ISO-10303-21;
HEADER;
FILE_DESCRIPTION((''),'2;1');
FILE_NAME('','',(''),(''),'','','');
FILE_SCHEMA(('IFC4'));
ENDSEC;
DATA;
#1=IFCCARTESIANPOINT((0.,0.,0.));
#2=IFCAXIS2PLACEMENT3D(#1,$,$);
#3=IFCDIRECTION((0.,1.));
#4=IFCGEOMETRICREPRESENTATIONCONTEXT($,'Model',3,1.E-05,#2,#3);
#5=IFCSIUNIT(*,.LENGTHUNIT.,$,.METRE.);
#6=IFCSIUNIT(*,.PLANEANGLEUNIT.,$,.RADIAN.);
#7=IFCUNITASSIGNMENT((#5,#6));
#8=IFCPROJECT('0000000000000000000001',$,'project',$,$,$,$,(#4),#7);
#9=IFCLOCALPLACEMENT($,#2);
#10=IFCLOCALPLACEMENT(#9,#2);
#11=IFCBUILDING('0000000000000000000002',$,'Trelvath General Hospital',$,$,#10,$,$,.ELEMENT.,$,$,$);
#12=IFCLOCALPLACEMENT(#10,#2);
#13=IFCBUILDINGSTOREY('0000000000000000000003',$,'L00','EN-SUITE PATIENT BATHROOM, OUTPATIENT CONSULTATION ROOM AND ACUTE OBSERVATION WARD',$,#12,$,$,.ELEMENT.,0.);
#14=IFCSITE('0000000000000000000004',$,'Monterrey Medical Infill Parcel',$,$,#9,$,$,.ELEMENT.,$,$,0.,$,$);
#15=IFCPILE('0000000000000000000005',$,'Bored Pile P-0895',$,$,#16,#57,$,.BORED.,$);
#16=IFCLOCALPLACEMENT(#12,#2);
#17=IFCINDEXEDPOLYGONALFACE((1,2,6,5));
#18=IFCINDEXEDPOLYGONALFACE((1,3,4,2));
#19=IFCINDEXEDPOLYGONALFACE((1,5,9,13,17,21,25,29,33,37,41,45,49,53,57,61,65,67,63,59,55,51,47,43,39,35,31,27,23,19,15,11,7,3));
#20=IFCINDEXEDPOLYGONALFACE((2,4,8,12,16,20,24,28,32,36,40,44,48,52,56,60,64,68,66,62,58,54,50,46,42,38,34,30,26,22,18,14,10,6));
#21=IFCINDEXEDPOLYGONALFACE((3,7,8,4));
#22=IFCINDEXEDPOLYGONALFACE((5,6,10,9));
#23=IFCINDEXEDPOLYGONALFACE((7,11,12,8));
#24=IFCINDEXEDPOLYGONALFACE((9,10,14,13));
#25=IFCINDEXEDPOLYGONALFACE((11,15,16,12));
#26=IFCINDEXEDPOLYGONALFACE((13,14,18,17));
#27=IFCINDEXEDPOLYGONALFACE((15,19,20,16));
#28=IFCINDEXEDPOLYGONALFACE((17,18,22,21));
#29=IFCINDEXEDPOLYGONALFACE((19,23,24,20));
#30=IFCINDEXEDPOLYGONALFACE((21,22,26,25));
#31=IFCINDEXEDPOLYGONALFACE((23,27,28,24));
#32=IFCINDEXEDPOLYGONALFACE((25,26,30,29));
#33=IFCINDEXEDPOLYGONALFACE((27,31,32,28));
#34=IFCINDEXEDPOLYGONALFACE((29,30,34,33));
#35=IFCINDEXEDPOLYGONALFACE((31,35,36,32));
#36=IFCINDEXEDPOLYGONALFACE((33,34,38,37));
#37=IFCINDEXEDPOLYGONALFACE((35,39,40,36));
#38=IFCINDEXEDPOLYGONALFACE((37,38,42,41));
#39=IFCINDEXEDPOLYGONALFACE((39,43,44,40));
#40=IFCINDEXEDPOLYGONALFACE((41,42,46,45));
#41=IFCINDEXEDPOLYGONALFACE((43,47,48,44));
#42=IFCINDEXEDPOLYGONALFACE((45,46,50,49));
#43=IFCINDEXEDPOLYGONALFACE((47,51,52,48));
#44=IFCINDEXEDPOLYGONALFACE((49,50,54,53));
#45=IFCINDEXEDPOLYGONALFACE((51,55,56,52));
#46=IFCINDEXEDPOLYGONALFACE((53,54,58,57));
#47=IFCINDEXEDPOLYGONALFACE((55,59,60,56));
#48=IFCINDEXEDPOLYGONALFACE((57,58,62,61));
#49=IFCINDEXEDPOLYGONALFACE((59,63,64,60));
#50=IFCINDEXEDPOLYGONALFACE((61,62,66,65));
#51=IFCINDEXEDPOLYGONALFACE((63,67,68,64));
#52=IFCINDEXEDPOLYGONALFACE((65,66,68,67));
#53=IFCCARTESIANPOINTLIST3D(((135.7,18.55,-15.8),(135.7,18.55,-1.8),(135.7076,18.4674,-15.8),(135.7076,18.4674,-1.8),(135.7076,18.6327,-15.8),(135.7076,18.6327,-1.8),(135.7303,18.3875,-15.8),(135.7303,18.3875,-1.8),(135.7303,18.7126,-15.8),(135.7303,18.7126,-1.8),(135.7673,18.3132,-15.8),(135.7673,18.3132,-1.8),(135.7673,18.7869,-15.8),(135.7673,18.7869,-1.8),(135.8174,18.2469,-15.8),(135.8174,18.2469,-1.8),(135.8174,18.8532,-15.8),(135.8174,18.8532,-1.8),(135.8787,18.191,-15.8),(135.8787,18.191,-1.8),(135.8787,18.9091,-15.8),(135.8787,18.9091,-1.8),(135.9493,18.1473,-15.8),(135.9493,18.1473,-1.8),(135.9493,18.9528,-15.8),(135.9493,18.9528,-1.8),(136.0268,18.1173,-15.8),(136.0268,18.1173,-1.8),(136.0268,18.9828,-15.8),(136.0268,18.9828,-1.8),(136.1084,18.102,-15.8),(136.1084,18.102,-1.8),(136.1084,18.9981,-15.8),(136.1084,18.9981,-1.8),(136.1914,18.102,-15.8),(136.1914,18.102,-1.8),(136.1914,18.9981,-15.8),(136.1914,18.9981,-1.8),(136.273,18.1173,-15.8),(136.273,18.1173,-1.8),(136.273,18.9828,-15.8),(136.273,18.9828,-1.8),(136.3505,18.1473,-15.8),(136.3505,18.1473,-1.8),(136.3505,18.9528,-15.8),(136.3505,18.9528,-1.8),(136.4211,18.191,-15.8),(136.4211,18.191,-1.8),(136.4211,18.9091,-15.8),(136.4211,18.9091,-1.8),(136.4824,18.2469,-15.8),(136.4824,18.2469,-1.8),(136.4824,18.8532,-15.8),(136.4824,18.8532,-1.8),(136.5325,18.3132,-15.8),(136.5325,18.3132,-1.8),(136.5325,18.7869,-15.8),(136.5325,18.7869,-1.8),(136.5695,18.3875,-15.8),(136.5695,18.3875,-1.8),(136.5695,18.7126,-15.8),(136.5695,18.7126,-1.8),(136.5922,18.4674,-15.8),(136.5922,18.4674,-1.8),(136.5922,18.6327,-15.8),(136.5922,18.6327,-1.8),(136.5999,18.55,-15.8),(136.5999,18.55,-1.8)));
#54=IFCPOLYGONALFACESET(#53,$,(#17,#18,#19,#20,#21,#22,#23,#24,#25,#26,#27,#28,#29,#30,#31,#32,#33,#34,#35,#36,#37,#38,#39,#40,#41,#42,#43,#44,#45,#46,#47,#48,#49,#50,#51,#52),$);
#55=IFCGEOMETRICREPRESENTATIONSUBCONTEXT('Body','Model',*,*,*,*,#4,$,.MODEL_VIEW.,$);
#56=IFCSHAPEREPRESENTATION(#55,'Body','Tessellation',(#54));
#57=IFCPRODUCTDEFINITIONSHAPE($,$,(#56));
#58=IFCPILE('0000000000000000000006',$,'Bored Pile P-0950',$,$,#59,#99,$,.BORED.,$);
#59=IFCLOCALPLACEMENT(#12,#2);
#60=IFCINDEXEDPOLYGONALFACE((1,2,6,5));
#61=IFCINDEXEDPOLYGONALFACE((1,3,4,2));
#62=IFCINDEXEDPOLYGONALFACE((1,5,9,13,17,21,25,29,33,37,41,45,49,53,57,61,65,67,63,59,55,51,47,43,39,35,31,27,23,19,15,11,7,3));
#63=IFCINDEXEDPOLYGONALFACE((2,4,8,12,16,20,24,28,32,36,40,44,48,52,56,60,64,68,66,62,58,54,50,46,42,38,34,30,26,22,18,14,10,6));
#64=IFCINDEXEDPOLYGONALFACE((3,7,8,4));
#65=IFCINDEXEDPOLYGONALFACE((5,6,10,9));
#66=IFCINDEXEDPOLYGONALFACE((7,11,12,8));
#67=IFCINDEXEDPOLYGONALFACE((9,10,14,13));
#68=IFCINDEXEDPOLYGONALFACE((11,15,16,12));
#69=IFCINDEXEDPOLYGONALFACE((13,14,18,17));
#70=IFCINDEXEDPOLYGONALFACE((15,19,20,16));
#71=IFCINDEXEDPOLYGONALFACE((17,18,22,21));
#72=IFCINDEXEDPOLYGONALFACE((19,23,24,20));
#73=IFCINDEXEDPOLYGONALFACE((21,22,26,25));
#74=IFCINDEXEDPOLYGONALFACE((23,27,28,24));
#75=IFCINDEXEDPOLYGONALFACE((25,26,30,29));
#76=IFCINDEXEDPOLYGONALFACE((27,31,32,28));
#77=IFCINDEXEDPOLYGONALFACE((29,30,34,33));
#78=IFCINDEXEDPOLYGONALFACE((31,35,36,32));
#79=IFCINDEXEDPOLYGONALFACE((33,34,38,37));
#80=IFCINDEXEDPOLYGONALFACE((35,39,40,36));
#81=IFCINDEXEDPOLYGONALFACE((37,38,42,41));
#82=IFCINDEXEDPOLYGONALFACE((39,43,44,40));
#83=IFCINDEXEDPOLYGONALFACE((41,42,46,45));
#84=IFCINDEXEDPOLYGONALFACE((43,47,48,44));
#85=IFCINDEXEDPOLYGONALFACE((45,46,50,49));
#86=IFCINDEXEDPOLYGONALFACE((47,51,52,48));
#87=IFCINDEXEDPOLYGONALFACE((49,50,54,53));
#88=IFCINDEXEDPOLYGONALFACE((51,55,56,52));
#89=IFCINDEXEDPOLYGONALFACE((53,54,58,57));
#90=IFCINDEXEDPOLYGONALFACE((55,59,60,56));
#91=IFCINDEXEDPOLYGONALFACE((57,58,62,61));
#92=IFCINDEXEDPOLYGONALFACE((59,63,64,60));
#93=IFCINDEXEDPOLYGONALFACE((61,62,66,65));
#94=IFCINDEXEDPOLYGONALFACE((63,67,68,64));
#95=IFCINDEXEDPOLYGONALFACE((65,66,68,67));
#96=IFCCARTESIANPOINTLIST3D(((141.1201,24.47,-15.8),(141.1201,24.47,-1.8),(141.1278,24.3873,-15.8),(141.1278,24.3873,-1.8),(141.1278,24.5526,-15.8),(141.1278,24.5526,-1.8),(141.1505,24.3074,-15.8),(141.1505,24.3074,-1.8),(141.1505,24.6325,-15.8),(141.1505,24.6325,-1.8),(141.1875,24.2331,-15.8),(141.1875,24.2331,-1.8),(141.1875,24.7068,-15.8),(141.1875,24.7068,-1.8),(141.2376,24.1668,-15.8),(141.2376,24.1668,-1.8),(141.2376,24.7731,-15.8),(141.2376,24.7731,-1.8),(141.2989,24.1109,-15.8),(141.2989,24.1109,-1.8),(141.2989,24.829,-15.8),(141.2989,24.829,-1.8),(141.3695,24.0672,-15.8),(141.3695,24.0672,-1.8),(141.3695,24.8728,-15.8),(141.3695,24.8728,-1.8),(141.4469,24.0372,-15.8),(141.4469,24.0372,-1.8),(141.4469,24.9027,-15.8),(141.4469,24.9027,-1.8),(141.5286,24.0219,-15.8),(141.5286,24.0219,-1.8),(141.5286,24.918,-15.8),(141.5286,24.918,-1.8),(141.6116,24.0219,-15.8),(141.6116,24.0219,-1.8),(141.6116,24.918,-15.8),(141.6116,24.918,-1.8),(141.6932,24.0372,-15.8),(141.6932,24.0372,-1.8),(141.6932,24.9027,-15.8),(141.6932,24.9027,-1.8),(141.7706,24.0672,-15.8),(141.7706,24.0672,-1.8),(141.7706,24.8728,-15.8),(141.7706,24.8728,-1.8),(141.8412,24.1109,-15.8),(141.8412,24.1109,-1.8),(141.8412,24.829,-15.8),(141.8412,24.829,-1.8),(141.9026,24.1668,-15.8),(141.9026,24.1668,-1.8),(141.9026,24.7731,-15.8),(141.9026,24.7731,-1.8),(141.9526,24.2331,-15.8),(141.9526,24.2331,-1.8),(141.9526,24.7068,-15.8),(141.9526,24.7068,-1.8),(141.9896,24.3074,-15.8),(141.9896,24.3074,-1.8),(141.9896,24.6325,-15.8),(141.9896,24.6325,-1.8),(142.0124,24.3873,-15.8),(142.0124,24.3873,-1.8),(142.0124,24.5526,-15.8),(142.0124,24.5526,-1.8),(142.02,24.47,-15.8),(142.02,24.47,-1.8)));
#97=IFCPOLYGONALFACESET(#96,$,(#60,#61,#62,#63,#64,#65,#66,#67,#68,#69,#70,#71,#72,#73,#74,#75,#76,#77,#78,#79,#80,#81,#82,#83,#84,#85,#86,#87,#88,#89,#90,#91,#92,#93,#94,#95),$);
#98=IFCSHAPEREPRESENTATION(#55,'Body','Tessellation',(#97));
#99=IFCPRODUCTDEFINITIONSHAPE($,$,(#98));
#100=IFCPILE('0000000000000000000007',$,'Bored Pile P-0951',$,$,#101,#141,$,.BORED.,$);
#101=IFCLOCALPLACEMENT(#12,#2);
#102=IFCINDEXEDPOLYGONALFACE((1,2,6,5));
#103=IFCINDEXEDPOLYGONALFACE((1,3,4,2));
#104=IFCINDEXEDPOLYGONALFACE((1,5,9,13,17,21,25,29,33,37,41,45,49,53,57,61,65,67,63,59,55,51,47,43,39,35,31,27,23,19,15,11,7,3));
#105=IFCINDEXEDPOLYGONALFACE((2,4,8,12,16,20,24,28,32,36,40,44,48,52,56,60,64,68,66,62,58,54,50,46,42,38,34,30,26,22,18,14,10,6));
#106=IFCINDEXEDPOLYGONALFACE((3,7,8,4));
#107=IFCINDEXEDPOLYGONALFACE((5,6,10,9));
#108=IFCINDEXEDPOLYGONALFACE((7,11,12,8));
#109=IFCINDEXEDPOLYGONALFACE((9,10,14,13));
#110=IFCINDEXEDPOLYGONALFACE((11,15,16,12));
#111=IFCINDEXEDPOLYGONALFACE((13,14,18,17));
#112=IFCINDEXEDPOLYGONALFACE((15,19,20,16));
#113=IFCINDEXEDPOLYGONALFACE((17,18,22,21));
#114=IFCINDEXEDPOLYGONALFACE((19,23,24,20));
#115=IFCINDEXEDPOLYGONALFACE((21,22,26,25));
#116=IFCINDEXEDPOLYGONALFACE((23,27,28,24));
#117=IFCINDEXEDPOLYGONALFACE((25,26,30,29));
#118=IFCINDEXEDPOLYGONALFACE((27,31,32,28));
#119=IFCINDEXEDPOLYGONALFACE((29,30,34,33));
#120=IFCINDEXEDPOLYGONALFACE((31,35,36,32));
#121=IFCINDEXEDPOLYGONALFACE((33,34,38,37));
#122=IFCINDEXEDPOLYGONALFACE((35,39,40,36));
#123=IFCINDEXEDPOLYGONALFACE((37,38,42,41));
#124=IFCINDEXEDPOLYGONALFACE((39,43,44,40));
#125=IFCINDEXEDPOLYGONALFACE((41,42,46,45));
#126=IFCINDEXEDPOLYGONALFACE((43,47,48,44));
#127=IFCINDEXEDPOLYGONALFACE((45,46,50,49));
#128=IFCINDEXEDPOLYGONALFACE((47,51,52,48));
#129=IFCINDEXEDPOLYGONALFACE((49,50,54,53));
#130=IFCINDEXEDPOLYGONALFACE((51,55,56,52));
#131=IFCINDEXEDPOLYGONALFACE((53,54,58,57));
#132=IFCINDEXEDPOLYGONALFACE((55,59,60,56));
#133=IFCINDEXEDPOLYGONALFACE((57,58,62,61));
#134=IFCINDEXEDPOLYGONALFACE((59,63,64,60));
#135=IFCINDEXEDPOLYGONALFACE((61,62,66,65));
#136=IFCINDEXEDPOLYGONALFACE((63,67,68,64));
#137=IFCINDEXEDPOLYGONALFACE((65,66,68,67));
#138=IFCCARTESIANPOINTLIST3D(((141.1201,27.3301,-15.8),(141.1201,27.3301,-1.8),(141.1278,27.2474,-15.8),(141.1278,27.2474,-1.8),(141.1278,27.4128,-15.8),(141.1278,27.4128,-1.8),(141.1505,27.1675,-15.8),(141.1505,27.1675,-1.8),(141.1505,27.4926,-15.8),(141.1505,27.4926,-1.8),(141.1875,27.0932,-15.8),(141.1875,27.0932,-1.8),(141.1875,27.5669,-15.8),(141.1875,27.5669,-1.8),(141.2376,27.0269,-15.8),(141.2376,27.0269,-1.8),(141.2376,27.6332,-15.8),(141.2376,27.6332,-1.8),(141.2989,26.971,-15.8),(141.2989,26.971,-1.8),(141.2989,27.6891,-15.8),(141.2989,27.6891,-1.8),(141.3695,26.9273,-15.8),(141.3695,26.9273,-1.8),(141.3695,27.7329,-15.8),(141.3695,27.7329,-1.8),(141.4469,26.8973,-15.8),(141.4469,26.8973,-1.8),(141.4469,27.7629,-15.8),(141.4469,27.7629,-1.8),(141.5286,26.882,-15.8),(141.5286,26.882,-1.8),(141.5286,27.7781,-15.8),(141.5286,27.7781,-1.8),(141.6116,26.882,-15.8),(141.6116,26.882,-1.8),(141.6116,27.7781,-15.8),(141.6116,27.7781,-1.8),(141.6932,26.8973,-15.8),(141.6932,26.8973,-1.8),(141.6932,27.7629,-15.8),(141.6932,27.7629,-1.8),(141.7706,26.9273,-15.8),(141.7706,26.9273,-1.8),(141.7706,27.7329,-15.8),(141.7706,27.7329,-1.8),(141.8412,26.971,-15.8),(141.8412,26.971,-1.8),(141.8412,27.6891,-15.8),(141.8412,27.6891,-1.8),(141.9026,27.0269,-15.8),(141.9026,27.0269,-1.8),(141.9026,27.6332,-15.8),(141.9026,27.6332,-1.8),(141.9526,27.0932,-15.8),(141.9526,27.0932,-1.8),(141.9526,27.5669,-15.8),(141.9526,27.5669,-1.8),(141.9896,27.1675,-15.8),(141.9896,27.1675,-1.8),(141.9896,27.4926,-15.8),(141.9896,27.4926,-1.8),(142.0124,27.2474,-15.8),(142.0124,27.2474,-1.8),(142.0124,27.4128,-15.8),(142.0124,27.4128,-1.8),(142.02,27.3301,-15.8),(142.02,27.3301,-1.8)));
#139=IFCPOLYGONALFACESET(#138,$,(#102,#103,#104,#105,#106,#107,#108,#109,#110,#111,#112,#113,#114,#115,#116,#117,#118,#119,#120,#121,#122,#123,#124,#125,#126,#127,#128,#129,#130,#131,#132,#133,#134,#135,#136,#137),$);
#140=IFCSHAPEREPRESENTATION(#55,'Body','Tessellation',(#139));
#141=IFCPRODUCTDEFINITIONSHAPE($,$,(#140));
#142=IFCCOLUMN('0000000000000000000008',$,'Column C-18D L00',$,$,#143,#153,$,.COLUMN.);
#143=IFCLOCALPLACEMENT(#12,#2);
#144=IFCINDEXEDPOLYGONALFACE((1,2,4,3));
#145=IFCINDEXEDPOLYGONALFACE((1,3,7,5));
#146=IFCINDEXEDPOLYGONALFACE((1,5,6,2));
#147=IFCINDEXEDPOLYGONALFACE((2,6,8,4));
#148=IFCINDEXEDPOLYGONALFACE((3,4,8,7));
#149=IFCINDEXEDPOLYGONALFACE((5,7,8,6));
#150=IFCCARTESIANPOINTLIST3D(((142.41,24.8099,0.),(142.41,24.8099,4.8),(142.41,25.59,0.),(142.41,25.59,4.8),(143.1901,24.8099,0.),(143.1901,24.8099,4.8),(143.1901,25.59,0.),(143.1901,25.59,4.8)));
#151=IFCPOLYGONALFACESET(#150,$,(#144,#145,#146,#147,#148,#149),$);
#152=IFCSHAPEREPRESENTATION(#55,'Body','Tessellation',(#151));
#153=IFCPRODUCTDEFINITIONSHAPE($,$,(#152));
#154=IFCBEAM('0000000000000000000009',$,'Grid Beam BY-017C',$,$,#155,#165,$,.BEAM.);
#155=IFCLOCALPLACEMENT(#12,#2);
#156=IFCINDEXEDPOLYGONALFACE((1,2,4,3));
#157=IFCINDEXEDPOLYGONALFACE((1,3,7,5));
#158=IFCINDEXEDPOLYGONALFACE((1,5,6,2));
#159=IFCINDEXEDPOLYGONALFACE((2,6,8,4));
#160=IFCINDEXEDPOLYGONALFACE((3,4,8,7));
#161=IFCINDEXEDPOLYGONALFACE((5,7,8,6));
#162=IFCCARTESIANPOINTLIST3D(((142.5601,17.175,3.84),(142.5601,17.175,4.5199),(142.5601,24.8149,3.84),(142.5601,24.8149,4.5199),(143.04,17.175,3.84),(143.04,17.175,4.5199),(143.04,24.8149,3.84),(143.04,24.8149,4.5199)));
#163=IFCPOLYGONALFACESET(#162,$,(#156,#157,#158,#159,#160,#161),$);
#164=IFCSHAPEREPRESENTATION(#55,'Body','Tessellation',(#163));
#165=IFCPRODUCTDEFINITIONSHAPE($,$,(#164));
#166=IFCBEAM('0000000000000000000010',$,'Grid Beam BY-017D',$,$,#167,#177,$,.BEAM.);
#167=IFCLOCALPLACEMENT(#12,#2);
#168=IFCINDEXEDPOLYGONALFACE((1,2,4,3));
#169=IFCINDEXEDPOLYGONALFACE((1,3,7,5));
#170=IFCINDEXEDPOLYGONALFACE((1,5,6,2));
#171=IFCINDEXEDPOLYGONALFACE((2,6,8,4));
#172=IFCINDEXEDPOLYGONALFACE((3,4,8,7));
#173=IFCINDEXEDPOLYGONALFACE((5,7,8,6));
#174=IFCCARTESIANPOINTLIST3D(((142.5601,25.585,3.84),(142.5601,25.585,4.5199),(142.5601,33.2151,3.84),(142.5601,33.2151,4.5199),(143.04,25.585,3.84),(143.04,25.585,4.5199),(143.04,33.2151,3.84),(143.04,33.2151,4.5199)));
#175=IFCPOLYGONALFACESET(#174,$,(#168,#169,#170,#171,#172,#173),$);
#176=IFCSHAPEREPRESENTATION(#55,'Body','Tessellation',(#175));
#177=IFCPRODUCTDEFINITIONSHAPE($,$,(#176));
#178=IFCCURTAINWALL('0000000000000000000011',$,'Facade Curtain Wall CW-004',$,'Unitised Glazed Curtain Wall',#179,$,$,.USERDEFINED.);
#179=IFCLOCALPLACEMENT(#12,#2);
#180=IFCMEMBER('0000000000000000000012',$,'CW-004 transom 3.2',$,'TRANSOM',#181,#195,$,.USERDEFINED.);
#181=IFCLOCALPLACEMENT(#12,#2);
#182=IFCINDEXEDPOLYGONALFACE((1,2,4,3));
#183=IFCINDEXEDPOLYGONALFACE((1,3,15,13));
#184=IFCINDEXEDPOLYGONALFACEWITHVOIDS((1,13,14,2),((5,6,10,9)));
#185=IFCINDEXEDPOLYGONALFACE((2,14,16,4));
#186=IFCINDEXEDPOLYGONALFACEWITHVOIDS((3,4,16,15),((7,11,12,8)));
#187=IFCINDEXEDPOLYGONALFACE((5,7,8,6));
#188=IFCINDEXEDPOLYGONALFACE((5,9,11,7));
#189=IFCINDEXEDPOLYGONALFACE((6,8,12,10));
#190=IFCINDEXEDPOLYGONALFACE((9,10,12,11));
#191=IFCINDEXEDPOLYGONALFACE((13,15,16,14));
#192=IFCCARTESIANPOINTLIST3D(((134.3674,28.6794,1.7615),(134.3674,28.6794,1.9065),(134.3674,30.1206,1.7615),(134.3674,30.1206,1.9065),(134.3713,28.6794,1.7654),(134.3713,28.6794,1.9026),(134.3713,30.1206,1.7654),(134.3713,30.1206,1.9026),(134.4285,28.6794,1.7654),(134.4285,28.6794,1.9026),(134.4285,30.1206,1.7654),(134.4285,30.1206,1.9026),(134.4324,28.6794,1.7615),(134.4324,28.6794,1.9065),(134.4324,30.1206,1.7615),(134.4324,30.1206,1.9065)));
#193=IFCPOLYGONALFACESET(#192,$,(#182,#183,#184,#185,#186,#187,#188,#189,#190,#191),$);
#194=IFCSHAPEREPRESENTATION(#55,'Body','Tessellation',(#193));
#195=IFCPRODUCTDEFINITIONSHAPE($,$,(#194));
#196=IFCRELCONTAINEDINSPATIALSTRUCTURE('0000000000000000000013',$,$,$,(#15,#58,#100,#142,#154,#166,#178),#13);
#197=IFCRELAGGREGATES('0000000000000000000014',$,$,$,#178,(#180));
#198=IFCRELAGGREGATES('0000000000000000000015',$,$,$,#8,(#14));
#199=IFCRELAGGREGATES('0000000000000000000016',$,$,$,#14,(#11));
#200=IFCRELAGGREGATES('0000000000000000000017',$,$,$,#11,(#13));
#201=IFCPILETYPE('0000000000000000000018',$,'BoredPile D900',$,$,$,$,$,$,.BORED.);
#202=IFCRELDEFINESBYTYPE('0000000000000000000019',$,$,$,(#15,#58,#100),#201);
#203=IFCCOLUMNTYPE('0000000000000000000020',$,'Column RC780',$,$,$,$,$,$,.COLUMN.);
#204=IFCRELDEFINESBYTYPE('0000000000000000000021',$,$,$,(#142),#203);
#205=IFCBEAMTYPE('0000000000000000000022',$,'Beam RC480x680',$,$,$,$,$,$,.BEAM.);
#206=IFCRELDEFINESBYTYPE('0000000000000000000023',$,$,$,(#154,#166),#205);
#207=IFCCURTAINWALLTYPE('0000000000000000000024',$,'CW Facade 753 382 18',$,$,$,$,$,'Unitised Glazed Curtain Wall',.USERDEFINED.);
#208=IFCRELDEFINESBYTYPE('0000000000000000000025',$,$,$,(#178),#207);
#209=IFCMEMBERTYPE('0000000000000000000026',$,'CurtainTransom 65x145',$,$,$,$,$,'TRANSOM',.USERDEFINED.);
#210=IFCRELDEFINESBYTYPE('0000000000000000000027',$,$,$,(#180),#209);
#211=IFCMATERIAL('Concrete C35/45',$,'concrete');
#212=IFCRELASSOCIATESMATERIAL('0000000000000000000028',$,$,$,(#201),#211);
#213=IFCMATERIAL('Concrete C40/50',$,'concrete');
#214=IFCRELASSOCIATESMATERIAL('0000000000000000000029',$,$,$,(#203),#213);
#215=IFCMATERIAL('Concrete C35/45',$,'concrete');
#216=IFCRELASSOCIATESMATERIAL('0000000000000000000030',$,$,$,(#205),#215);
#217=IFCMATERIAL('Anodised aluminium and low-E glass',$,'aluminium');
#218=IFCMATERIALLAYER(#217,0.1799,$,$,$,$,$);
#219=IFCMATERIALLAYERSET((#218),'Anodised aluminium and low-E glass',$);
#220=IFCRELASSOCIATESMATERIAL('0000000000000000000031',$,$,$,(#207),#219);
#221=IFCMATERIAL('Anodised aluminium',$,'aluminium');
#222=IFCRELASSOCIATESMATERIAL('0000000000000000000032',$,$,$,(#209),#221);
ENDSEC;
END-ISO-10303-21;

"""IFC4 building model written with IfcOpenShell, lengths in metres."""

from ifc_helpers import new_model, si_unit, direction, frame, origin, origin_2d, place, context, subcontext, project, spatial, rectangle, hollow_rectangle, circle, extrude, material, layer, layer_set, material_profile, profile_set, type_object, element, aggregate, save


model = new_model("IFC4")

# Units and contexts
model_context = context("Model", 3, precision=1e-05, world=origin(), true_north=direction((0.0, 1.0)))
body_context = subcontext(model_context, "Body", "Model", "MODEL_VIEW")
ifc_project = project(units=[si_unit("LENGTHUNIT", "METRE"), si_unit("PLANEANGLEUNIT", "RADIAN")], contexts=[model_context])

# Site, building, storey
site_placement = place(None, origin())
site = spatial("IfcSite", under=ifc_project, at=site_placement, Name="Monterrey Medical Infill Parcel", CompositionType="ELEMENT", RefElevation=0.0)
building_placement = place(site_placement, origin())
building = spatial("IfcBuilding", under=site, at=building_placement, Name="Trelvath General Hospital", CompositionType="ELEMENT")
storey_placement = place(building_placement, origin())
storey = spatial("IfcBuildingStorey", under=building, at=storey_placement, Name="L00", Description="EN-SUITE PATIENT BATHROOM, OUTPATIENT CONSULTATION ROOM AND ACUTE OBSERVATION WARD", CompositionType="ELEMENT", Elevation=0.0)

# Piles
ifc_material_1 = material(Name="Concrete C35/45", Category="concrete")
ifc_material_profile_1 = material_profile(ifc_material_1, circle(Radius=0.45, at=origin_2d()), Name="PILE900")
ifc_profile_set_1 = profile_set([ifc_material_profile_1], Name="Concrete C35/45")
pile_type_1 = type_object("IfcPileType", Name="BoredPile D900", PredefinedType="BORED", material=ifc_profile_set_1)
for number, where, z_axis, x_axis, name in (
    (1, (136.1499, 18.55, -1.8), (0.0, 0.0, -1.0), (1.0, 0.0, 0.0), "Bored Pile P-0895"),
    (2, (141.5701, 24.47, -1.8), (0.0, 0.0, -1.0), (1.0, 0.0, 0.0), "Bored Pile P-0950"),
    (3, (141.5701, 27.3301, -1.8), (0.0, 0.0, -1.0), (1.0, 0.0, 0.0), "Bored Pile P-0951"),
):
    element("IfcPile", number, at=place(storey_placement, frame(where, z_axis=z_axis, x_axis=x_axis)), inside=storey, type_object=pile_type_1, Name=name, PredefinedType="BORED", context=body_context, shape_type="SweptSolid", body=[
        extrude(circle(Radius=0.45, at=origin_2d()), origin(), (0.0, 0.0, 1.0), 14.0),
    ])

# Column
ifc_material_2 = material(Name="Concrete C40/50", Category="concrete")
ifc_material_profile_2 = material_profile(ifc_material_2, rectangle(XDim=0.78, YDim=0.78, at=origin_2d()), Name="RC780x780")
ifc_profile_set_2 = profile_set([ifc_material_profile_2], Name="Concrete C40/50")
column_type = type_object("IfcColumnType", Name="Column RC780", PredefinedType="COLUMN", material=ifc_profile_set_2)
column_placement = place(storey_placement, frame((142.8, 25.2, 0.0), z_axis=(0.0, 0.0, 1.0), x_axis=(1.0, 0.0, 0.0)))
element("IfcColumn", 4, at=column_placement, inside=storey, type_object=column_type, Name="Column C-18D L00", PredefinedType="COLUMN", context=body_context, shape_type="SweptSolid", body=[
    extrude(rectangle(XDim=0.78, YDim=0.78, at=origin_2d()), origin(), (0.0, 0.0, 1.0), 4.8),
])

# Beams
ifc_material_3 = material(Name="Concrete C35/45", Category="concrete")
ifc_material_profile_3 = material_profile(ifc_material_3, rectangle(XDim=0.48, YDim=0.6799, at=origin_2d()), Name="RCB480x680")
ifc_profile_set_3 = profile_set([ifc_material_profile_3], Name="Concrete C35/45")
beam_type_1 = type_object("IfcBeamType", Name="Beam RC480x680", PredefinedType="BEAM", material=ifc_profile_set_3)
beam_1_placement = place(storey_placement, frame((142.8, 17.175, 4.1799), z_axis=(0.0, 1.0, 0.0), x_axis=(-1.0, 0.0, 0.0)))
element("IfcBeam", 5, at=beam_1_placement, inside=storey, type_object=beam_type_1, Name="Grid Beam BY-017C", PredefinedType="BEAM", context=body_context, shape_type="SweptSolid", body=[
    extrude(rectangle(XDim=0.48, YDim=0.6799, at=origin_2d()), origin(), (0.0, 0.0, 1.0), 7.6399),
])
beam_2_placement = place(storey_placement, frame((142.8, 25.585, 4.1799), z_axis=(0.0, 1.0, 0.0), x_axis=(-1.0, 0.0, 0.0)))
element("IfcBeam", 6, at=beam_2_placement, inside=storey, type_object=beam_type_1, Name="Grid Beam BY-017D", PredefinedType="BEAM", context=body_context, shape_type="SweptSolid", body=[
    extrude(rectangle(XDim=0.48, YDim=0.6799, at=origin_2d()), origin(), (0.0, 0.0, 1.0), 7.6301),
])

# Curtain wall, member
ifc_material_4 = material(Name="Anodised aluminium and low-E glass", Category="aluminium")
ifc_layer_1 = layer(ifc_material_4, 0.1799)
ifc_layer_set_1 = layer_set([ifc_layer_1], Name="Anodised aluminium and low-E glass")
curtain_wall_type = type_object("IfcCurtainWallType", Name="CW Facade 753 382 18", ElementType="Unitised Glazed Curtain Wall", PredefinedType="USERDEFINED", material=ifc_layer_set_1)
curtain_wall_placement = place(storey_placement, origin())
curtain_wall = element("IfcCurtainWall", 7, at=curtain_wall_placement, inside=storey, type_object=curtain_wall_type, Name="Facade Curtain Wall CW-004", ObjectType="Unitised Glazed Curtain Wall", PredefinedType="USERDEFINED")
ifc_material_5 = material(Name="Anodised aluminium", Category="aluminium")
ifc_material_profile_4 = material_profile(ifc_material_5, hollow_rectangle(XDim=0.0649, YDim=0.145, WallThickness=0.0039, at=origin_2d()), Name="RHS65x145x4")
ifc_profile_set_4 = profile_set([ifc_material_profile_4], Name="Anodised aluminium")
member_type = type_object("IfcMemberType", Name="CurtainTransom 65x145", ElementType="TRANSOM", PredefinedType="USERDEFINED", material=ifc_profile_set_4)
member_placement = place(storey_placement, frame((134.3999, 28.6794, 1.834), z_axis=(0.0, 1.0, 0.0), x_axis=(-1.0, 0.0, 0.0)))
member = element("IfcMember", 8, at=member_placement, type_object=member_type, Name="CW-004 transom 3.2", ObjectType="TRANSOM", PredefinedType="USERDEFINED", context=body_context, shape_type="SweptSolid", body=[
    extrude(hollow_rectangle(XDim=0.0649, YDim=0.145, WallThickness=0.0039, at=origin_2d()), origin(), (0.0, 0.0, 1.0), 1.4412),
])
aggregate(curtain_wall, [member])

save(model, "model.ifc")
